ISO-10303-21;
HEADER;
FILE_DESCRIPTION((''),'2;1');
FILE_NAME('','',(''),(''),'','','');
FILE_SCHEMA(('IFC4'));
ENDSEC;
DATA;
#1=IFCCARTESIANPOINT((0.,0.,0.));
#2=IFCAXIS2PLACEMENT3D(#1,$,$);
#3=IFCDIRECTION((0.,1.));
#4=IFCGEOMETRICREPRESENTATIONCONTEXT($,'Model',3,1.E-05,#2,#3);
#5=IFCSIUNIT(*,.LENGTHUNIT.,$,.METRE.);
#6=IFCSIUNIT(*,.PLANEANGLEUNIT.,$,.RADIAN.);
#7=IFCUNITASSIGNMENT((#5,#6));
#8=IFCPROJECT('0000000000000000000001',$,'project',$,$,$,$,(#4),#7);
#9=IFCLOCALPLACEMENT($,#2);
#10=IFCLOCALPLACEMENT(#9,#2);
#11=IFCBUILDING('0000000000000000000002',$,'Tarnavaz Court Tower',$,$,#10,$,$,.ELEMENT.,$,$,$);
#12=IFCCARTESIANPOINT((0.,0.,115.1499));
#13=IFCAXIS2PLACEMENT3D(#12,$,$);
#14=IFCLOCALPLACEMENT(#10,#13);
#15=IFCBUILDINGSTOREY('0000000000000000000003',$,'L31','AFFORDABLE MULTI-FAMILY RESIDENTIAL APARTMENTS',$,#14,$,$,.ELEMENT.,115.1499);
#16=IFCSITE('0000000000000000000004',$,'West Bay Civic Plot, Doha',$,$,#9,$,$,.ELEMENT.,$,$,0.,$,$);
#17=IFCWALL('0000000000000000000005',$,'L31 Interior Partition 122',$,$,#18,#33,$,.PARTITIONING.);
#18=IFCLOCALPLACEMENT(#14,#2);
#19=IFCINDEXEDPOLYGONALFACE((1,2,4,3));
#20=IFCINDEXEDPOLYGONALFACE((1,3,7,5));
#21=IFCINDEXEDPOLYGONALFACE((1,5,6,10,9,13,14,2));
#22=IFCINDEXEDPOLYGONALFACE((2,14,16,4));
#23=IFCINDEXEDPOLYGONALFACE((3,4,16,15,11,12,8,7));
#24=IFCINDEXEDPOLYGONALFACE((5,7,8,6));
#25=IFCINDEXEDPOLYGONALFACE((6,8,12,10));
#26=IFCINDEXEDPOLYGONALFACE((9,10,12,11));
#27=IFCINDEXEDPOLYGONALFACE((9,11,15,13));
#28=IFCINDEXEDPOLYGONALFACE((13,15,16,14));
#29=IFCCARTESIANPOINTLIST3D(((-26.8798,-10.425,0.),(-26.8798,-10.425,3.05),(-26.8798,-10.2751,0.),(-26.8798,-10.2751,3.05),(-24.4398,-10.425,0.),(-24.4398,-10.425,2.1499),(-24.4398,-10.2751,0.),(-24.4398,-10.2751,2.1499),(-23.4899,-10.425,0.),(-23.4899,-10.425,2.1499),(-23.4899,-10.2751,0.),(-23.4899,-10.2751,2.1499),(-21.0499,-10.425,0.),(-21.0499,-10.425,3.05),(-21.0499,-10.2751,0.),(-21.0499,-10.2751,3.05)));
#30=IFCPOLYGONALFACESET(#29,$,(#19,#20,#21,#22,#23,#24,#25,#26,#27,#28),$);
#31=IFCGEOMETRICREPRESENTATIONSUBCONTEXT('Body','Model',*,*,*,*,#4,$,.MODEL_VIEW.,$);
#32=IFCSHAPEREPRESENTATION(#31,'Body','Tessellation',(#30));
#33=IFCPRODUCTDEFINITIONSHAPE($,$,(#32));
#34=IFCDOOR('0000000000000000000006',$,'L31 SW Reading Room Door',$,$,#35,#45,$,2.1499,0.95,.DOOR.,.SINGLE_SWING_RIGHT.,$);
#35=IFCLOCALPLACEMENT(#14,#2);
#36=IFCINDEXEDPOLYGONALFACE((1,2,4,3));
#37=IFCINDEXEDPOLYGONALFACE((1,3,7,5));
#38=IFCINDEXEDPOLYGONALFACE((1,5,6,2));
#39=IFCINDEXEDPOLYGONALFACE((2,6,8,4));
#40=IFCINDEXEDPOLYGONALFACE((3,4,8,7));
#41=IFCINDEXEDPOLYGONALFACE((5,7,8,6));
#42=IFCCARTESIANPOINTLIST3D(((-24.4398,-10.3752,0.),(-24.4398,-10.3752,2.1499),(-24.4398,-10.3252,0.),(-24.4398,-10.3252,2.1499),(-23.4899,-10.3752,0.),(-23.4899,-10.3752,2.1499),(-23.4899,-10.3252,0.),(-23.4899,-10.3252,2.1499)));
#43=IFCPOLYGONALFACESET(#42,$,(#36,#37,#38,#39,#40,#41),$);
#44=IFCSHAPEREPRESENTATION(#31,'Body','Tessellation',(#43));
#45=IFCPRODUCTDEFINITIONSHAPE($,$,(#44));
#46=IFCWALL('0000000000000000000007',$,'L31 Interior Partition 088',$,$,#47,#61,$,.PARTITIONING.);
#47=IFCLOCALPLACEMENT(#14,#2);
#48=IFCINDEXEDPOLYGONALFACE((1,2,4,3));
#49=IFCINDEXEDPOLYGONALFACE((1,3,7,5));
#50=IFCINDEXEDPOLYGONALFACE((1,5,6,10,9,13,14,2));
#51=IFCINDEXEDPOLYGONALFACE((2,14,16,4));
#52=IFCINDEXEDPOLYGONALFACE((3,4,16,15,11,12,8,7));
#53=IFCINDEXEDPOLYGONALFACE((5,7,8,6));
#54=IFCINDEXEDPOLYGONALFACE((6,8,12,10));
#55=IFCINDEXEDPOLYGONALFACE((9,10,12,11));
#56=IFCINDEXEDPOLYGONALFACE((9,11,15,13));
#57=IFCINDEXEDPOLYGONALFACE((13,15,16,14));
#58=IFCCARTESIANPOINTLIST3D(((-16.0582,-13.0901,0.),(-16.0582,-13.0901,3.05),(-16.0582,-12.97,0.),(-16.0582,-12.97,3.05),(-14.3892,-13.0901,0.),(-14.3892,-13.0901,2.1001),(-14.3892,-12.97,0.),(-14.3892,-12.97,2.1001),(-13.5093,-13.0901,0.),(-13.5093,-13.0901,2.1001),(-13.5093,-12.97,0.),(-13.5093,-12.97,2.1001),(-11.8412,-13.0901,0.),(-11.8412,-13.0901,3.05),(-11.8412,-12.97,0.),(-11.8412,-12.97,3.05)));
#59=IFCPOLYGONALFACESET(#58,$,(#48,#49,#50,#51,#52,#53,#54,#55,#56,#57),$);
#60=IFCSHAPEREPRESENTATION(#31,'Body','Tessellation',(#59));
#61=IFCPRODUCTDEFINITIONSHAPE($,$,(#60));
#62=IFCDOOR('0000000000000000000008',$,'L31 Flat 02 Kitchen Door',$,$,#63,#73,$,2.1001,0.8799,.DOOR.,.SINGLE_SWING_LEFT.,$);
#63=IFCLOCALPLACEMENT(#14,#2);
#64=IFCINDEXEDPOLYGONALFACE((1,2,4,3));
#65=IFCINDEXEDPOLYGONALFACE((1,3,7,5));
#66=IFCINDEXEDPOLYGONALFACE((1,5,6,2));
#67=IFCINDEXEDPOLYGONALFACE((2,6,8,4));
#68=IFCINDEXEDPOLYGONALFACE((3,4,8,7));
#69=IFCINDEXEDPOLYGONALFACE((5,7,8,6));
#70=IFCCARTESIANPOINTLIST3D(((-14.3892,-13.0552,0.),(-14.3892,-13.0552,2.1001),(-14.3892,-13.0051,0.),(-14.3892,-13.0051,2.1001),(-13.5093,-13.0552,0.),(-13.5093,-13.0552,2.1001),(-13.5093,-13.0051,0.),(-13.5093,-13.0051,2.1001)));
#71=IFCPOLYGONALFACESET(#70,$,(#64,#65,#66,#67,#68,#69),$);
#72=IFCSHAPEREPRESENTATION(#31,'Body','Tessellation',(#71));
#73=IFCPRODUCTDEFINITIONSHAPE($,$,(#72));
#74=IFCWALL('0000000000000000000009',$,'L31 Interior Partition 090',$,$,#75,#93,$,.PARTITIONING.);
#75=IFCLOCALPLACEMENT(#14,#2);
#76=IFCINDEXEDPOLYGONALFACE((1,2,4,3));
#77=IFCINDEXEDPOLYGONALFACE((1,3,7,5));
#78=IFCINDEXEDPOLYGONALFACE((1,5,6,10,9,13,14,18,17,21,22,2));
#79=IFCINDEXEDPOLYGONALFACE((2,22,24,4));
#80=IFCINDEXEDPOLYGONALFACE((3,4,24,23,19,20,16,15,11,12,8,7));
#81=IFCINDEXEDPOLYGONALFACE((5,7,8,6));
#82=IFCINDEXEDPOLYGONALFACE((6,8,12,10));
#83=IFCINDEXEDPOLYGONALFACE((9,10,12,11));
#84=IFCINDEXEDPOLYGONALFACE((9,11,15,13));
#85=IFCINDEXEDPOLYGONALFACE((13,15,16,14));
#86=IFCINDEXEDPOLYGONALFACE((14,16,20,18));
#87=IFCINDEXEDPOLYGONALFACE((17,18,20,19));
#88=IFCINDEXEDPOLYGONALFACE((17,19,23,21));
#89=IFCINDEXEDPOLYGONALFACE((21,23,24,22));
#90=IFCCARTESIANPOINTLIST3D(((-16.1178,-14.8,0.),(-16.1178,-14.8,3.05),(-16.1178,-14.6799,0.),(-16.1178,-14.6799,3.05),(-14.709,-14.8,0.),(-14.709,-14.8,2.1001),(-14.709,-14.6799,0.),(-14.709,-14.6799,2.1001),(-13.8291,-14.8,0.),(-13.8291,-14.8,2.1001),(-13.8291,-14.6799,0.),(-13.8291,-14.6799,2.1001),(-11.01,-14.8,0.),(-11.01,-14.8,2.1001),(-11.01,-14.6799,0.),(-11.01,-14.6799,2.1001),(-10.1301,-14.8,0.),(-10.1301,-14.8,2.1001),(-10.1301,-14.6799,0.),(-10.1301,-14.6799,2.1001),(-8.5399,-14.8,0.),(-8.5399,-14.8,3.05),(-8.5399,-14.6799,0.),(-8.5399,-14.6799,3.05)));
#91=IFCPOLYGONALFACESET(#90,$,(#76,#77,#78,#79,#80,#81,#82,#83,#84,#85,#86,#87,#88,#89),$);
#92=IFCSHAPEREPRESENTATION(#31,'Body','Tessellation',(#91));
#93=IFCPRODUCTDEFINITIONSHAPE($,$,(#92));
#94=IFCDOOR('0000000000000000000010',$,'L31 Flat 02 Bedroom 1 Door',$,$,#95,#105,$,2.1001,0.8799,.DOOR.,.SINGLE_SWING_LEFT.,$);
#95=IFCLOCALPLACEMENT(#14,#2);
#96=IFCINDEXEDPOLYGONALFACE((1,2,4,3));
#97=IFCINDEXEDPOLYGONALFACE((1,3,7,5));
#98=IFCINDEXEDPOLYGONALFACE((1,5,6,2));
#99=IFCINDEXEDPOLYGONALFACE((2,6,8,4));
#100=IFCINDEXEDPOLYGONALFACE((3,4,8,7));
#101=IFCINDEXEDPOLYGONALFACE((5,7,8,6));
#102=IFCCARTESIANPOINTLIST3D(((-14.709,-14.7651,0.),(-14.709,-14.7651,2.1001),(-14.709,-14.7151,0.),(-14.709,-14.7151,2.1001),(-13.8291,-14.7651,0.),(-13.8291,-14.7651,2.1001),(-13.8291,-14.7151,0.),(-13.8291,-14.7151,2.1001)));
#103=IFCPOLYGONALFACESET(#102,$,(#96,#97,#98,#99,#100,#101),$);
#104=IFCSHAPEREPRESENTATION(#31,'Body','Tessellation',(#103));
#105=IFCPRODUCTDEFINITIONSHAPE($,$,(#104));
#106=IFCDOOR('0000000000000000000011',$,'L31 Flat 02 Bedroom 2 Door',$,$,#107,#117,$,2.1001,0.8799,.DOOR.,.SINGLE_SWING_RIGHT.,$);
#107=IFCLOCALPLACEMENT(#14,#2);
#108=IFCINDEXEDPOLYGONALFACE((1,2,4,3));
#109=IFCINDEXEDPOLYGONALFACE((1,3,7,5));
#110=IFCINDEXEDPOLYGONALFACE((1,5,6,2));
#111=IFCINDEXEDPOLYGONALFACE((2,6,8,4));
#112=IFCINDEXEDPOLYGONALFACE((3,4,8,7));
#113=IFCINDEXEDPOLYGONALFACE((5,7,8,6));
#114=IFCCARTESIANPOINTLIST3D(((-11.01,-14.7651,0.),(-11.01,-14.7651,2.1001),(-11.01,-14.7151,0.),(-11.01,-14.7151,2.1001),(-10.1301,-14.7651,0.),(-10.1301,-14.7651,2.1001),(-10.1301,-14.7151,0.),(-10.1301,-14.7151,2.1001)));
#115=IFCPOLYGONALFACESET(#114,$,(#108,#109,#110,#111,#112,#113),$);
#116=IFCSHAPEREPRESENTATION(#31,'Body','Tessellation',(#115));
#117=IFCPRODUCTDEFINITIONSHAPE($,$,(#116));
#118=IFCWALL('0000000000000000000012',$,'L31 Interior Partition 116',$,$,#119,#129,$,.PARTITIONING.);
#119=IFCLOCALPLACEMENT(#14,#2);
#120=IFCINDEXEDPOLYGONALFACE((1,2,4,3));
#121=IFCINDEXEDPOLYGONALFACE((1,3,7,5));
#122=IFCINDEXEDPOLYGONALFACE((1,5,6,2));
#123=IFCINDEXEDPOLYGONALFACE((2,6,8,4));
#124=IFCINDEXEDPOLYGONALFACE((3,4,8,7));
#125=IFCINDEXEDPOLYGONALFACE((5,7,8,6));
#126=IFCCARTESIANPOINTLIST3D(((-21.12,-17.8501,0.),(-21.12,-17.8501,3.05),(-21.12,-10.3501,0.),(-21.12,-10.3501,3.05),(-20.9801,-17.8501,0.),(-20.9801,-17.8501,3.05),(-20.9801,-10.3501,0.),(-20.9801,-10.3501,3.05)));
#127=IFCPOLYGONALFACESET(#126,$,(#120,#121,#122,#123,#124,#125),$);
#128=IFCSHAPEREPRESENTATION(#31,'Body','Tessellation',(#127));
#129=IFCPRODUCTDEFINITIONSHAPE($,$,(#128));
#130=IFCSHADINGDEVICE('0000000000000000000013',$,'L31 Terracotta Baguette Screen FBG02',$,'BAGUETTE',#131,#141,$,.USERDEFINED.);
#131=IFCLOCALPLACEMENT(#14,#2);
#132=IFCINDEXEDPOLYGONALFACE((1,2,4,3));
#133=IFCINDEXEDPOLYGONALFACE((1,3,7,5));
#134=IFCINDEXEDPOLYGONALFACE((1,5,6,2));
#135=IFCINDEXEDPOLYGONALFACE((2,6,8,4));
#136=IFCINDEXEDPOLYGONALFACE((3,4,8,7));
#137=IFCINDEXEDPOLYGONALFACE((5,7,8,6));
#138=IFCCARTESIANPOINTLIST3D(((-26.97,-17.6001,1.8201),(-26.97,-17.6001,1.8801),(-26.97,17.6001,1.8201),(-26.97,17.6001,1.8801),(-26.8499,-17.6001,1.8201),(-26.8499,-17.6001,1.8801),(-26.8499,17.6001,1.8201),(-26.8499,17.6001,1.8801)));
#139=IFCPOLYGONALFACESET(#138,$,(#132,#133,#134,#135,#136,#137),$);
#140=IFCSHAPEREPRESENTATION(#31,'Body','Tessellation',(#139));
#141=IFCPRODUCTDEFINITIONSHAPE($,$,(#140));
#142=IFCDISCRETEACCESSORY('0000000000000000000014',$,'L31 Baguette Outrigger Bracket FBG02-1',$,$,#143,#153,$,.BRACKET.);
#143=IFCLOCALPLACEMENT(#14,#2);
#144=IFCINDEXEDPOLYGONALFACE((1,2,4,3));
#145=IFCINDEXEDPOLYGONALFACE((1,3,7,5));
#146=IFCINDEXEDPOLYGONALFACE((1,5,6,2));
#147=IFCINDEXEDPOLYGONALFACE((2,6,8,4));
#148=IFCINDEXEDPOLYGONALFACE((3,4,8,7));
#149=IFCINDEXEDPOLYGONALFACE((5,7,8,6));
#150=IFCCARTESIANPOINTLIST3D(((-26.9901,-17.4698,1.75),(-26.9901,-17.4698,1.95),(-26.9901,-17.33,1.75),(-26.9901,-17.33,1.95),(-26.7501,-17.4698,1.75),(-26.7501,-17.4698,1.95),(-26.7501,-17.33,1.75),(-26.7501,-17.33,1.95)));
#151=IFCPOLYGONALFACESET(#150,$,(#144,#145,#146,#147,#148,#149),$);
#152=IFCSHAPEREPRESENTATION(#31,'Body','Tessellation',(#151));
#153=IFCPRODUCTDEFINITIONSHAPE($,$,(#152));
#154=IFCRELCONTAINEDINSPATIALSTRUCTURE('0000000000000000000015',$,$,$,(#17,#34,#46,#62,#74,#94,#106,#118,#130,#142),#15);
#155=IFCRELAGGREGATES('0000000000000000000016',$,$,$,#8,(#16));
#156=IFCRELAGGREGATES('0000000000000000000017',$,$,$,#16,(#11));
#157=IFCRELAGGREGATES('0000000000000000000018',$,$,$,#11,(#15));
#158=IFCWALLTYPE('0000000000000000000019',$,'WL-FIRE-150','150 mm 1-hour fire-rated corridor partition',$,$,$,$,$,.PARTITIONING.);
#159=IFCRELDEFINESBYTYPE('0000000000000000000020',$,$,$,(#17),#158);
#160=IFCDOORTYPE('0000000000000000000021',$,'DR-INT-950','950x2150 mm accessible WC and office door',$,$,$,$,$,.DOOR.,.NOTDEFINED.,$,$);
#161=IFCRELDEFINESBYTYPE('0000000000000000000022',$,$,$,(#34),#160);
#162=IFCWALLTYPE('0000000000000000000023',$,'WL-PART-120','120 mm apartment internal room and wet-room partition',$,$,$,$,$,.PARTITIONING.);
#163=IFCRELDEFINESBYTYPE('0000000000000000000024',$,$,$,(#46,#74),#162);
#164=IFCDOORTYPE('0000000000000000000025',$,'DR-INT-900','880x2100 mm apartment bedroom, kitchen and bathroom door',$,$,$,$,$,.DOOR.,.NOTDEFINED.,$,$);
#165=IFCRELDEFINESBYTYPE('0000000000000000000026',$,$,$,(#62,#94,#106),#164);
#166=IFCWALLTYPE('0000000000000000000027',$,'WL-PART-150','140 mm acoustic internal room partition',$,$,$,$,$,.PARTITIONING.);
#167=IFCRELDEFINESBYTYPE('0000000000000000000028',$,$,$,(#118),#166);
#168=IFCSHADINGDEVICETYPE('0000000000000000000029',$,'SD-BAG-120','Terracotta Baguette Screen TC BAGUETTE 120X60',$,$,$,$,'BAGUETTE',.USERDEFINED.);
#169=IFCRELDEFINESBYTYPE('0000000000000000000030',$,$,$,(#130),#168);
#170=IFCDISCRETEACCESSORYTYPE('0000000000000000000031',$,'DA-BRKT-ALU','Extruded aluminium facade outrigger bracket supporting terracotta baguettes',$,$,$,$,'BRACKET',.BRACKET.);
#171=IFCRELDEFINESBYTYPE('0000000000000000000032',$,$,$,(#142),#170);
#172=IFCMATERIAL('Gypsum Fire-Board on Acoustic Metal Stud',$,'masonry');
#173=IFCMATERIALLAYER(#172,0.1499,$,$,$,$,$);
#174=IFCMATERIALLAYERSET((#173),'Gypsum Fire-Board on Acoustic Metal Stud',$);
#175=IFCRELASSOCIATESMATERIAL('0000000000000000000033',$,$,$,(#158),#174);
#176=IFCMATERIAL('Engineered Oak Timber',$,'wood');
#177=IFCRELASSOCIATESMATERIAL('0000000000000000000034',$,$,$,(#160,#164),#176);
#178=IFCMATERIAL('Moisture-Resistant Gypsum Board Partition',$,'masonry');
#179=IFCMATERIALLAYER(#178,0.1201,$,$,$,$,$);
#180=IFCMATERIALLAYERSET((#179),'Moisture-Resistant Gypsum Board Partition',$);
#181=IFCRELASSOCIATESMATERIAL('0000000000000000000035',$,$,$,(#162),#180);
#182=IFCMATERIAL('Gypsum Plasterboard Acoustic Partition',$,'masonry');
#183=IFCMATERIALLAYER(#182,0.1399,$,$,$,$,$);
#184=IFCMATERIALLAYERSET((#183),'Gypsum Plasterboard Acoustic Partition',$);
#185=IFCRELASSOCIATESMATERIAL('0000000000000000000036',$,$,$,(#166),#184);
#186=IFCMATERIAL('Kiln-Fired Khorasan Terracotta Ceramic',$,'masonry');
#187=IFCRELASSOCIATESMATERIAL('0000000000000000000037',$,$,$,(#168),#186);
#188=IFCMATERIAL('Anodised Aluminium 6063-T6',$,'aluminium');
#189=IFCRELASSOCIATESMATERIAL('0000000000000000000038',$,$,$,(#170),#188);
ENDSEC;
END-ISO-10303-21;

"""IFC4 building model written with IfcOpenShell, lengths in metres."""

from ifc_helpers import new_model, si_unit, direction, frame, frame_2d, origin, origin_2d, place, context, subcontext, project, spatial, rectangle, extrude, material, layer, layer_set, material_profile, profile_set, type_object, element, fill, save


model = new_model("IFC4")

# Units and contexts
model_context = context("Model", 3, precision=1e-05, world=origin(), true_north=direction((0.0, 1.0)))
body_context = subcontext(model_context, "Body", "Model", "MODEL_VIEW")
ifc_project = project(units=[si_unit("LENGTHUNIT", "METRE"), si_unit("PLANEANGLEUNIT", "RADIAN")], contexts=[model_context])

# Site, building, storey
site_placement = place(None, origin())
site = spatial("IfcSite", under=ifc_project, at=site_placement, Name="West Bay Civic Plot, Doha", CompositionType="ELEMENT", RefElevation=0.0)
building_placement = place(site_placement, origin())
building = spatial("IfcBuilding", under=site, at=building_placement, Name="Tarnavaz Court Tower", CompositionType="ELEMENT")
storey_placement = place(building_placement, frame((0.0, 0.0, 115.1499)))
storey = spatial("IfcBuildingStorey", under=building, at=storey_placement, Name="L31", Description="AFFORDABLE MULTI-FAMILY RESIDENTIAL APARTMENTS", CompositionType="ELEMENT", Elevation=115.1499)

# Walls, openings, doors
ifc_material_1 = material(Name="Gypsum Fire-Board on Acoustic Metal Stud", Category="masonry")
ifc_layer_1 = layer(ifc_material_1, 0.1499)
ifc_layer_set_1 = layer_set([ifc_layer_1], Name="Gypsum Fire-Board on Acoustic Metal Stud")
wall_type_1 = type_object("IfcWallType", Name="WL-FIRE-150", Description="150 mm 1-hour fire-rated corridor partition", PredefinedType="PARTITIONING", material=ifc_layer_set_1)
wall_1_placement = place(storey_placement, frame((-26.8799, -10.3501, 0.0), z_axis=(0.0, 0.0, 1.0), x_axis=(1.0, 0.0, 0.0)))
wall_1 = element("IfcWall", 1, at=wall_1_placement, inside=storey, type_object=wall_type_1, Name="L31 Interior Partition 122", PredefinedType="PARTITIONING", context=body_context, shape_type="SweptSolid", body=[
    extrude(rectangle(XDim=5.8298, YDim=0.1499, at=frame_2d((2.915, 0.0))), origin(), (0.0, 0.0, 1.0), 3.05),
])
opening_1_placement = place(wall_1_placement, frame((2.4399, 0.0, 0.0)))
opening_1 = element("IfcOpeningElement", 2, at=opening_1_placement, cuts=wall_1, PredefinedType="OPENING", context=body_context, shape_type="SweptSolid", body=[
    extrude(rectangle(XDim=0.95, YDim=2.1499, at=frame_2d((0.4751, 1.075))), frame((0.0, 0.085, 0.0), z_axis=(0.0, -1.0, 0.0), x_axis=(1.0, 0.0, 0.0)), (0.0, 0.0, 1.0), 0.1699),
])
ifc_material_2 = material(Name="Engineered Oak Timber", Category="wood")
door_type_1 = type_object("IfcDoorType", Name="DR-INT-950", Description="950x2150 mm accessible WC and office door", OperationType="NOTDEFINED", PredefinedType="DOOR", material=ifc_material_2)
door_1_placement = place(opening_1_placement, origin())
door_1 = element("IfcDoor", 3, at=door_1_placement, inside=storey, type_object=door_type_1, Name="L31 SW Reading Room Door", OperationType="SINGLE_SWING_RIGHT", OverallHeight=2.1499, OverallWidth=0.95, PredefinedType="DOOR", context=body_context, shape_type="SweptSolid", body=[
    extrude(rectangle(XDim=0.95, YDim=2.1499, at=frame_2d((0.4751, 1.075))), frame((0.0, 0.0249, 0.0), z_axis=(0.0, -1.0, 0.0), x_axis=(1.0, 0.0, 0.0)), (0.0, 0.0, 1.0), 0.05),
])
fill(opening_1, door_1)
ifc_material_3 = material(Name="Moisture-Resistant Gypsum Board Partition", Category="masonry")
ifc_layer_2 = layer(ifc_material_3, 0.1201)
ifc_layer_set_2 = layer_set([ifc_layer_2], Name="Moisture-Resistant Gypsum Board Partition")
wall_type_2 = type_object("IfcWallType", Name="WL-PART-120", Description="120 mm apartment internal room and wet-room partition", PredefinedType="PARTITIONING", material=ifc_layer_set_2)
wall_2_placement = place(storey_placement, frame((-16.0581, -13.03, 0.0), z_axis=(0.0, 0.0, 1.0), x_axis=(1.0, 0.0, 0.0)))
wall_2 = element("IfcWall", 4, at=wall_2_placement, inside=storey, type_object=wall_type_2, Name="L31 Interior Partition 088", PredefinedType="PARTITIONING", context=body_context, shape_type="SweptSolid", body=[
    extrude(rectangle(XDim=4.217, YDim=0.1201, at=frame_2d((2.1084, 0.0))), origin(), (0.0, 0.0, 1.0), 3.05),
])
opening_2_placement = place(wall_2_placement, frame((1.6689, 0.0, 0.0)))
opening_2 = element("IfcOpeningElement", 5, at=opening_2_placement, cuts=wall_2, PredefinedType="OPENING", context=body_context, shape_type="SweptSolid", body=[
    extrude(rectangle(XDim=0.8799, YDim=2.1001, at=frame_2d((0.4399, 1.05))), frame((0.0, 0.0701, 0.0), z_axis=(0.0, -1.0, 0.0), x_axis=(1.0, 0.0, 0.0)), (0.0, 0.0, 1.0), 0.1401),
])
door_type_2 = type_object("IfcDoorType", Name="DR-INT-900", Description="880x2100 mm apartment bedroom, kitchen and bathroom door", OperationType="NOTDEFINED", PredefinedType="DOOR", material=ifc_material_2)
door_2_placement = place(opening_2_placement, origin())
door_2 = element("IfcDoor", 6, at=door_2_placement, inside=storey, type_object=door_type_2, Name="L31 Flat 02 Kitchen Door", OperationType="SINGLE_SWING_LEFT", OverallHeight=2.1001, OverallWidth=0.8799, PredefinedType="DOOR", context=body_context, shape_type="SweptSolid", body=[
    extrude(rectangle(XDim=0.8799, YDim=2.1001, at=frame_2d((0.4399, 1.05))), frame((0.0, 0.0249, 0.0), z_axis=(0.0, -1.0, 0.0), x_axis=(1.0, 0.0, 0.0)), (0.0, 0.0, 1.0), 0.05),
])
fill(opening_2, door_2)

# Wall, openings, doors
wall_3_placement = place(storey_placement, frame((-16.1179, -14.74, 0.0), z_axis=(0.0, 0.0, 1.0), x_axis=(1.0, 0.0, 0.0)))
wall_3 = element("IfcWall", 7, at=wall_3_placement, inside=storey, type_object=wall_type_2, Name="L31 Interior Partition 090", PredefinedType="PARTITIONING", context=body_context, shape_type="SweptSolid", body=[
    extrude(rectangle(XDim=7.5779, YDim=0.1201, at=frame_2d((3.7891, 0.0))), origin(), (0.0, 0.0, 1.0), 3.05),
])
opening_3_placement = place(wall_3_placement, frame((1.4089, 0.0, 0.0)))
opening_3 = element("IfcOpeningElement", 8, at=opening_3_placement, cuts=wall_3, PredefinedType="OPENING", context=body_context, shape_type="SweptSolid", body=[
    extrude(rectangle(XDim=0.8799, YDim=2.1001, at=frame_2d((0.4399, 1.05))), frame((0.0, 0.0701, 0.0), z_axis=(0.0, -1.0, 0.0), x_axis=(1.0, 0.0, 0.0)), (0.0, 0.0, 1.0), 0.1401),
])
opening_4_placement = place(wall_3_placement, frame((5.1079, 0.0, 0.0)))
opening_4 = element("IfcOpeningElement", 9, at=opening_4_placement, cuts=wall_3, PredefinedType="OPENING", context=body_context, shape_type="SweptSolid", body=[
    extrude(rectangle(XDim=0.8799, YDim=2.1001, at=frame_2d((0.4399, 1.05))), frame((0.0, 0.0701, 0.0), z_axis=(0.0, -1.0, 0.0), x_axis=(1.0, 0.0, 0.0)), (0.0, 0.0, 1.0), 0.1401),
])
door_3_placement = place(opening_3_placement, origin())
door_3 = element("IfcDoor", 10, at=door_3_placement, inside=storey, type_object=door_type_2, Name="L31 Flat 02 Bedroom 1 Door", OperationType="SINGLE_SWING_LEFT", OverallHeight=2.1001, OverallWidth=0.8799, PredefinedType="DOOR", context=body_context, shape_type="SweptSolid", body=[
    extrude(rectangle(XDim=0.8799, YDim=2.1001, at=frame_2d((0.4399, 1.05))), frame((0.0, 0.0249, 0.0), z_axis=(0.0, -1.0, 0.0), x_axis=(1.0, 0.0, 0.0)), (0.0, 0.0, 1.0), 0.05),
])
fill(opening_3, door_3)
door_4_placement = place(opening_4_placement, origin())
door_4 = element("IfcDoor", 11, at=door_4_placement, inside=storey, type_object=door_type_2, Name="L31 Flat 02 Bedroom 2 Door", OperationType="SINGLE_SWING_RIGHT", OverallHeight=2.1001, OverallWidth=0.8799, PredefinedType="DOOR", context=body_context, shape_type="SweptSolid", body=[
    extrude(rectangle(XDim=0.8799, YDim=2.1001, at=frame_2d((0.4399, 1.05))), frame((0.0, 0.0249, 0.0), z_axis=(0.0, -1.0, 0.0), x_axis=(1.0, 0.0, 0.0)), (0.0, 0.0, 1.0), 0.05),
])
fill(opening_4, door_4)

# Wall
ifc_material_4 = material(Name="Gypsum Plasterboard Acoustic Partition", Category="masonry")
ifc_layer_3 = layer(ifc_material_4, 0.1399)
ifc_layer_set_3 = layer_set([ifc_layer_3], Name="Gypsum Plasterboard Acoustic Partition")
wall_type_3 = type_object("IfcWallType", Name="WL-PART-150", Description="140 mm acoustic internal room partition", PredefinedType="PARTITIONING", material=ifc_layer_set_3)
wall_4_placement = place(storey_placement, frame((-21.05, -17.8501, 0.0), z_axis=(0.0, 0.0, 1.0), x_axis=(0.0, 1.0, 0.0)))
element("IfcWall", 12, at=wall_4_placement, inside=storey, type_object=wall_type_3, Name="L31 Interior Partition 116", PredefinedType="PARTITIONING", context=body_context, shape_type="SweptSolid", body=[
    extrude(rectangle(XDim=7.5, YDim=0.1399, at=frame_2d((3.75, 0.0))), origin(), (0.0, 0.0, 1.0), 3.05),
])

# Shading device
ifc_material_5 = material(Name="Kiln-Fired Khorasan Terracotta Ceramic", Category="masonry")
ifc_material_profile_1 = material_profile(ifc_material_5, rectangle(XDim=0.1201, YDim=0.0601, at=origin_2d()), Name="TC BAGUETTE 120X60")
ifc_profile_set_1 = profile_set([ifc_material_profile_1], Name="Kiln-Fired Khorasan Terracotta Ceramic")
shading_device_type = type_object("IfcShadingDeviceType", Name="SD-BAG-120", Description="Terracotta Baguette Screen TC BAGUETTE 120X60", ElementType="BAGUETTE", PredefinedType="USERDEFINED", material=ifc_profile_set_1)
shading_device_placement = place(storey_placement, frame((-26.9099, -17.6001, 1.8501), z_axis=(0.0, 1.0, 0.0), x_axis=(-1.0, 0.0, 0.0)))
element("IfcShadingDevice", 13, at=shading_device_placement, inside=storey, type_object=shading_device_type, Name="L31 Terracotta Baguette Screen FBG02", ObjectType="BAGUETTE", PredefinedType="USERDEFINED", context=body_context, shape_type="SweptSolid", body=[
    extrude(rectangle(XDim=0.1201, YDim=0.0601, at=origin_2d()), origin(), (0.0, 0.0, 1.0), 35.2002),
])

# Discrete accessory
ifc_material_6 = material(Name="Anodised Aluminium 6063-T6", Category="aluminium")
discrete_accessory_type = type_object("IfcDiscreteAccessoryType", Name="DA-BRKT-ALU", Description="Extruded aluminium facade outrigger bracket supporting terracotta baguettes", ElementType="BRACKET", PredefinedType="BRACKET", material=ifc_material_6)
discrete_accessory_placement = place(storey_placement, frame((-26.8701, -17.3999, 1.75), z_axis=(0.0, 0.0, 1.0), x_axis=(0.0, 1.0, 0.0)))
element("IfcDiscreteAccessory", 14, at=discrete_accessory_placement, inside=storey, type_object=discrete_accessory_type, Name="L31 Baguette Outrigger Bracket FBG02-1", PredefinedType="BRACKET", context=body_context, shape_type="SweptSolid", body=[
    extrude(rectangle(XDim=0.1399, YDim=0.24, at=origin_2d()), origin(), (0.0, 0.0, 1.0), 0.2),
])

save(model, "model.ifc")
